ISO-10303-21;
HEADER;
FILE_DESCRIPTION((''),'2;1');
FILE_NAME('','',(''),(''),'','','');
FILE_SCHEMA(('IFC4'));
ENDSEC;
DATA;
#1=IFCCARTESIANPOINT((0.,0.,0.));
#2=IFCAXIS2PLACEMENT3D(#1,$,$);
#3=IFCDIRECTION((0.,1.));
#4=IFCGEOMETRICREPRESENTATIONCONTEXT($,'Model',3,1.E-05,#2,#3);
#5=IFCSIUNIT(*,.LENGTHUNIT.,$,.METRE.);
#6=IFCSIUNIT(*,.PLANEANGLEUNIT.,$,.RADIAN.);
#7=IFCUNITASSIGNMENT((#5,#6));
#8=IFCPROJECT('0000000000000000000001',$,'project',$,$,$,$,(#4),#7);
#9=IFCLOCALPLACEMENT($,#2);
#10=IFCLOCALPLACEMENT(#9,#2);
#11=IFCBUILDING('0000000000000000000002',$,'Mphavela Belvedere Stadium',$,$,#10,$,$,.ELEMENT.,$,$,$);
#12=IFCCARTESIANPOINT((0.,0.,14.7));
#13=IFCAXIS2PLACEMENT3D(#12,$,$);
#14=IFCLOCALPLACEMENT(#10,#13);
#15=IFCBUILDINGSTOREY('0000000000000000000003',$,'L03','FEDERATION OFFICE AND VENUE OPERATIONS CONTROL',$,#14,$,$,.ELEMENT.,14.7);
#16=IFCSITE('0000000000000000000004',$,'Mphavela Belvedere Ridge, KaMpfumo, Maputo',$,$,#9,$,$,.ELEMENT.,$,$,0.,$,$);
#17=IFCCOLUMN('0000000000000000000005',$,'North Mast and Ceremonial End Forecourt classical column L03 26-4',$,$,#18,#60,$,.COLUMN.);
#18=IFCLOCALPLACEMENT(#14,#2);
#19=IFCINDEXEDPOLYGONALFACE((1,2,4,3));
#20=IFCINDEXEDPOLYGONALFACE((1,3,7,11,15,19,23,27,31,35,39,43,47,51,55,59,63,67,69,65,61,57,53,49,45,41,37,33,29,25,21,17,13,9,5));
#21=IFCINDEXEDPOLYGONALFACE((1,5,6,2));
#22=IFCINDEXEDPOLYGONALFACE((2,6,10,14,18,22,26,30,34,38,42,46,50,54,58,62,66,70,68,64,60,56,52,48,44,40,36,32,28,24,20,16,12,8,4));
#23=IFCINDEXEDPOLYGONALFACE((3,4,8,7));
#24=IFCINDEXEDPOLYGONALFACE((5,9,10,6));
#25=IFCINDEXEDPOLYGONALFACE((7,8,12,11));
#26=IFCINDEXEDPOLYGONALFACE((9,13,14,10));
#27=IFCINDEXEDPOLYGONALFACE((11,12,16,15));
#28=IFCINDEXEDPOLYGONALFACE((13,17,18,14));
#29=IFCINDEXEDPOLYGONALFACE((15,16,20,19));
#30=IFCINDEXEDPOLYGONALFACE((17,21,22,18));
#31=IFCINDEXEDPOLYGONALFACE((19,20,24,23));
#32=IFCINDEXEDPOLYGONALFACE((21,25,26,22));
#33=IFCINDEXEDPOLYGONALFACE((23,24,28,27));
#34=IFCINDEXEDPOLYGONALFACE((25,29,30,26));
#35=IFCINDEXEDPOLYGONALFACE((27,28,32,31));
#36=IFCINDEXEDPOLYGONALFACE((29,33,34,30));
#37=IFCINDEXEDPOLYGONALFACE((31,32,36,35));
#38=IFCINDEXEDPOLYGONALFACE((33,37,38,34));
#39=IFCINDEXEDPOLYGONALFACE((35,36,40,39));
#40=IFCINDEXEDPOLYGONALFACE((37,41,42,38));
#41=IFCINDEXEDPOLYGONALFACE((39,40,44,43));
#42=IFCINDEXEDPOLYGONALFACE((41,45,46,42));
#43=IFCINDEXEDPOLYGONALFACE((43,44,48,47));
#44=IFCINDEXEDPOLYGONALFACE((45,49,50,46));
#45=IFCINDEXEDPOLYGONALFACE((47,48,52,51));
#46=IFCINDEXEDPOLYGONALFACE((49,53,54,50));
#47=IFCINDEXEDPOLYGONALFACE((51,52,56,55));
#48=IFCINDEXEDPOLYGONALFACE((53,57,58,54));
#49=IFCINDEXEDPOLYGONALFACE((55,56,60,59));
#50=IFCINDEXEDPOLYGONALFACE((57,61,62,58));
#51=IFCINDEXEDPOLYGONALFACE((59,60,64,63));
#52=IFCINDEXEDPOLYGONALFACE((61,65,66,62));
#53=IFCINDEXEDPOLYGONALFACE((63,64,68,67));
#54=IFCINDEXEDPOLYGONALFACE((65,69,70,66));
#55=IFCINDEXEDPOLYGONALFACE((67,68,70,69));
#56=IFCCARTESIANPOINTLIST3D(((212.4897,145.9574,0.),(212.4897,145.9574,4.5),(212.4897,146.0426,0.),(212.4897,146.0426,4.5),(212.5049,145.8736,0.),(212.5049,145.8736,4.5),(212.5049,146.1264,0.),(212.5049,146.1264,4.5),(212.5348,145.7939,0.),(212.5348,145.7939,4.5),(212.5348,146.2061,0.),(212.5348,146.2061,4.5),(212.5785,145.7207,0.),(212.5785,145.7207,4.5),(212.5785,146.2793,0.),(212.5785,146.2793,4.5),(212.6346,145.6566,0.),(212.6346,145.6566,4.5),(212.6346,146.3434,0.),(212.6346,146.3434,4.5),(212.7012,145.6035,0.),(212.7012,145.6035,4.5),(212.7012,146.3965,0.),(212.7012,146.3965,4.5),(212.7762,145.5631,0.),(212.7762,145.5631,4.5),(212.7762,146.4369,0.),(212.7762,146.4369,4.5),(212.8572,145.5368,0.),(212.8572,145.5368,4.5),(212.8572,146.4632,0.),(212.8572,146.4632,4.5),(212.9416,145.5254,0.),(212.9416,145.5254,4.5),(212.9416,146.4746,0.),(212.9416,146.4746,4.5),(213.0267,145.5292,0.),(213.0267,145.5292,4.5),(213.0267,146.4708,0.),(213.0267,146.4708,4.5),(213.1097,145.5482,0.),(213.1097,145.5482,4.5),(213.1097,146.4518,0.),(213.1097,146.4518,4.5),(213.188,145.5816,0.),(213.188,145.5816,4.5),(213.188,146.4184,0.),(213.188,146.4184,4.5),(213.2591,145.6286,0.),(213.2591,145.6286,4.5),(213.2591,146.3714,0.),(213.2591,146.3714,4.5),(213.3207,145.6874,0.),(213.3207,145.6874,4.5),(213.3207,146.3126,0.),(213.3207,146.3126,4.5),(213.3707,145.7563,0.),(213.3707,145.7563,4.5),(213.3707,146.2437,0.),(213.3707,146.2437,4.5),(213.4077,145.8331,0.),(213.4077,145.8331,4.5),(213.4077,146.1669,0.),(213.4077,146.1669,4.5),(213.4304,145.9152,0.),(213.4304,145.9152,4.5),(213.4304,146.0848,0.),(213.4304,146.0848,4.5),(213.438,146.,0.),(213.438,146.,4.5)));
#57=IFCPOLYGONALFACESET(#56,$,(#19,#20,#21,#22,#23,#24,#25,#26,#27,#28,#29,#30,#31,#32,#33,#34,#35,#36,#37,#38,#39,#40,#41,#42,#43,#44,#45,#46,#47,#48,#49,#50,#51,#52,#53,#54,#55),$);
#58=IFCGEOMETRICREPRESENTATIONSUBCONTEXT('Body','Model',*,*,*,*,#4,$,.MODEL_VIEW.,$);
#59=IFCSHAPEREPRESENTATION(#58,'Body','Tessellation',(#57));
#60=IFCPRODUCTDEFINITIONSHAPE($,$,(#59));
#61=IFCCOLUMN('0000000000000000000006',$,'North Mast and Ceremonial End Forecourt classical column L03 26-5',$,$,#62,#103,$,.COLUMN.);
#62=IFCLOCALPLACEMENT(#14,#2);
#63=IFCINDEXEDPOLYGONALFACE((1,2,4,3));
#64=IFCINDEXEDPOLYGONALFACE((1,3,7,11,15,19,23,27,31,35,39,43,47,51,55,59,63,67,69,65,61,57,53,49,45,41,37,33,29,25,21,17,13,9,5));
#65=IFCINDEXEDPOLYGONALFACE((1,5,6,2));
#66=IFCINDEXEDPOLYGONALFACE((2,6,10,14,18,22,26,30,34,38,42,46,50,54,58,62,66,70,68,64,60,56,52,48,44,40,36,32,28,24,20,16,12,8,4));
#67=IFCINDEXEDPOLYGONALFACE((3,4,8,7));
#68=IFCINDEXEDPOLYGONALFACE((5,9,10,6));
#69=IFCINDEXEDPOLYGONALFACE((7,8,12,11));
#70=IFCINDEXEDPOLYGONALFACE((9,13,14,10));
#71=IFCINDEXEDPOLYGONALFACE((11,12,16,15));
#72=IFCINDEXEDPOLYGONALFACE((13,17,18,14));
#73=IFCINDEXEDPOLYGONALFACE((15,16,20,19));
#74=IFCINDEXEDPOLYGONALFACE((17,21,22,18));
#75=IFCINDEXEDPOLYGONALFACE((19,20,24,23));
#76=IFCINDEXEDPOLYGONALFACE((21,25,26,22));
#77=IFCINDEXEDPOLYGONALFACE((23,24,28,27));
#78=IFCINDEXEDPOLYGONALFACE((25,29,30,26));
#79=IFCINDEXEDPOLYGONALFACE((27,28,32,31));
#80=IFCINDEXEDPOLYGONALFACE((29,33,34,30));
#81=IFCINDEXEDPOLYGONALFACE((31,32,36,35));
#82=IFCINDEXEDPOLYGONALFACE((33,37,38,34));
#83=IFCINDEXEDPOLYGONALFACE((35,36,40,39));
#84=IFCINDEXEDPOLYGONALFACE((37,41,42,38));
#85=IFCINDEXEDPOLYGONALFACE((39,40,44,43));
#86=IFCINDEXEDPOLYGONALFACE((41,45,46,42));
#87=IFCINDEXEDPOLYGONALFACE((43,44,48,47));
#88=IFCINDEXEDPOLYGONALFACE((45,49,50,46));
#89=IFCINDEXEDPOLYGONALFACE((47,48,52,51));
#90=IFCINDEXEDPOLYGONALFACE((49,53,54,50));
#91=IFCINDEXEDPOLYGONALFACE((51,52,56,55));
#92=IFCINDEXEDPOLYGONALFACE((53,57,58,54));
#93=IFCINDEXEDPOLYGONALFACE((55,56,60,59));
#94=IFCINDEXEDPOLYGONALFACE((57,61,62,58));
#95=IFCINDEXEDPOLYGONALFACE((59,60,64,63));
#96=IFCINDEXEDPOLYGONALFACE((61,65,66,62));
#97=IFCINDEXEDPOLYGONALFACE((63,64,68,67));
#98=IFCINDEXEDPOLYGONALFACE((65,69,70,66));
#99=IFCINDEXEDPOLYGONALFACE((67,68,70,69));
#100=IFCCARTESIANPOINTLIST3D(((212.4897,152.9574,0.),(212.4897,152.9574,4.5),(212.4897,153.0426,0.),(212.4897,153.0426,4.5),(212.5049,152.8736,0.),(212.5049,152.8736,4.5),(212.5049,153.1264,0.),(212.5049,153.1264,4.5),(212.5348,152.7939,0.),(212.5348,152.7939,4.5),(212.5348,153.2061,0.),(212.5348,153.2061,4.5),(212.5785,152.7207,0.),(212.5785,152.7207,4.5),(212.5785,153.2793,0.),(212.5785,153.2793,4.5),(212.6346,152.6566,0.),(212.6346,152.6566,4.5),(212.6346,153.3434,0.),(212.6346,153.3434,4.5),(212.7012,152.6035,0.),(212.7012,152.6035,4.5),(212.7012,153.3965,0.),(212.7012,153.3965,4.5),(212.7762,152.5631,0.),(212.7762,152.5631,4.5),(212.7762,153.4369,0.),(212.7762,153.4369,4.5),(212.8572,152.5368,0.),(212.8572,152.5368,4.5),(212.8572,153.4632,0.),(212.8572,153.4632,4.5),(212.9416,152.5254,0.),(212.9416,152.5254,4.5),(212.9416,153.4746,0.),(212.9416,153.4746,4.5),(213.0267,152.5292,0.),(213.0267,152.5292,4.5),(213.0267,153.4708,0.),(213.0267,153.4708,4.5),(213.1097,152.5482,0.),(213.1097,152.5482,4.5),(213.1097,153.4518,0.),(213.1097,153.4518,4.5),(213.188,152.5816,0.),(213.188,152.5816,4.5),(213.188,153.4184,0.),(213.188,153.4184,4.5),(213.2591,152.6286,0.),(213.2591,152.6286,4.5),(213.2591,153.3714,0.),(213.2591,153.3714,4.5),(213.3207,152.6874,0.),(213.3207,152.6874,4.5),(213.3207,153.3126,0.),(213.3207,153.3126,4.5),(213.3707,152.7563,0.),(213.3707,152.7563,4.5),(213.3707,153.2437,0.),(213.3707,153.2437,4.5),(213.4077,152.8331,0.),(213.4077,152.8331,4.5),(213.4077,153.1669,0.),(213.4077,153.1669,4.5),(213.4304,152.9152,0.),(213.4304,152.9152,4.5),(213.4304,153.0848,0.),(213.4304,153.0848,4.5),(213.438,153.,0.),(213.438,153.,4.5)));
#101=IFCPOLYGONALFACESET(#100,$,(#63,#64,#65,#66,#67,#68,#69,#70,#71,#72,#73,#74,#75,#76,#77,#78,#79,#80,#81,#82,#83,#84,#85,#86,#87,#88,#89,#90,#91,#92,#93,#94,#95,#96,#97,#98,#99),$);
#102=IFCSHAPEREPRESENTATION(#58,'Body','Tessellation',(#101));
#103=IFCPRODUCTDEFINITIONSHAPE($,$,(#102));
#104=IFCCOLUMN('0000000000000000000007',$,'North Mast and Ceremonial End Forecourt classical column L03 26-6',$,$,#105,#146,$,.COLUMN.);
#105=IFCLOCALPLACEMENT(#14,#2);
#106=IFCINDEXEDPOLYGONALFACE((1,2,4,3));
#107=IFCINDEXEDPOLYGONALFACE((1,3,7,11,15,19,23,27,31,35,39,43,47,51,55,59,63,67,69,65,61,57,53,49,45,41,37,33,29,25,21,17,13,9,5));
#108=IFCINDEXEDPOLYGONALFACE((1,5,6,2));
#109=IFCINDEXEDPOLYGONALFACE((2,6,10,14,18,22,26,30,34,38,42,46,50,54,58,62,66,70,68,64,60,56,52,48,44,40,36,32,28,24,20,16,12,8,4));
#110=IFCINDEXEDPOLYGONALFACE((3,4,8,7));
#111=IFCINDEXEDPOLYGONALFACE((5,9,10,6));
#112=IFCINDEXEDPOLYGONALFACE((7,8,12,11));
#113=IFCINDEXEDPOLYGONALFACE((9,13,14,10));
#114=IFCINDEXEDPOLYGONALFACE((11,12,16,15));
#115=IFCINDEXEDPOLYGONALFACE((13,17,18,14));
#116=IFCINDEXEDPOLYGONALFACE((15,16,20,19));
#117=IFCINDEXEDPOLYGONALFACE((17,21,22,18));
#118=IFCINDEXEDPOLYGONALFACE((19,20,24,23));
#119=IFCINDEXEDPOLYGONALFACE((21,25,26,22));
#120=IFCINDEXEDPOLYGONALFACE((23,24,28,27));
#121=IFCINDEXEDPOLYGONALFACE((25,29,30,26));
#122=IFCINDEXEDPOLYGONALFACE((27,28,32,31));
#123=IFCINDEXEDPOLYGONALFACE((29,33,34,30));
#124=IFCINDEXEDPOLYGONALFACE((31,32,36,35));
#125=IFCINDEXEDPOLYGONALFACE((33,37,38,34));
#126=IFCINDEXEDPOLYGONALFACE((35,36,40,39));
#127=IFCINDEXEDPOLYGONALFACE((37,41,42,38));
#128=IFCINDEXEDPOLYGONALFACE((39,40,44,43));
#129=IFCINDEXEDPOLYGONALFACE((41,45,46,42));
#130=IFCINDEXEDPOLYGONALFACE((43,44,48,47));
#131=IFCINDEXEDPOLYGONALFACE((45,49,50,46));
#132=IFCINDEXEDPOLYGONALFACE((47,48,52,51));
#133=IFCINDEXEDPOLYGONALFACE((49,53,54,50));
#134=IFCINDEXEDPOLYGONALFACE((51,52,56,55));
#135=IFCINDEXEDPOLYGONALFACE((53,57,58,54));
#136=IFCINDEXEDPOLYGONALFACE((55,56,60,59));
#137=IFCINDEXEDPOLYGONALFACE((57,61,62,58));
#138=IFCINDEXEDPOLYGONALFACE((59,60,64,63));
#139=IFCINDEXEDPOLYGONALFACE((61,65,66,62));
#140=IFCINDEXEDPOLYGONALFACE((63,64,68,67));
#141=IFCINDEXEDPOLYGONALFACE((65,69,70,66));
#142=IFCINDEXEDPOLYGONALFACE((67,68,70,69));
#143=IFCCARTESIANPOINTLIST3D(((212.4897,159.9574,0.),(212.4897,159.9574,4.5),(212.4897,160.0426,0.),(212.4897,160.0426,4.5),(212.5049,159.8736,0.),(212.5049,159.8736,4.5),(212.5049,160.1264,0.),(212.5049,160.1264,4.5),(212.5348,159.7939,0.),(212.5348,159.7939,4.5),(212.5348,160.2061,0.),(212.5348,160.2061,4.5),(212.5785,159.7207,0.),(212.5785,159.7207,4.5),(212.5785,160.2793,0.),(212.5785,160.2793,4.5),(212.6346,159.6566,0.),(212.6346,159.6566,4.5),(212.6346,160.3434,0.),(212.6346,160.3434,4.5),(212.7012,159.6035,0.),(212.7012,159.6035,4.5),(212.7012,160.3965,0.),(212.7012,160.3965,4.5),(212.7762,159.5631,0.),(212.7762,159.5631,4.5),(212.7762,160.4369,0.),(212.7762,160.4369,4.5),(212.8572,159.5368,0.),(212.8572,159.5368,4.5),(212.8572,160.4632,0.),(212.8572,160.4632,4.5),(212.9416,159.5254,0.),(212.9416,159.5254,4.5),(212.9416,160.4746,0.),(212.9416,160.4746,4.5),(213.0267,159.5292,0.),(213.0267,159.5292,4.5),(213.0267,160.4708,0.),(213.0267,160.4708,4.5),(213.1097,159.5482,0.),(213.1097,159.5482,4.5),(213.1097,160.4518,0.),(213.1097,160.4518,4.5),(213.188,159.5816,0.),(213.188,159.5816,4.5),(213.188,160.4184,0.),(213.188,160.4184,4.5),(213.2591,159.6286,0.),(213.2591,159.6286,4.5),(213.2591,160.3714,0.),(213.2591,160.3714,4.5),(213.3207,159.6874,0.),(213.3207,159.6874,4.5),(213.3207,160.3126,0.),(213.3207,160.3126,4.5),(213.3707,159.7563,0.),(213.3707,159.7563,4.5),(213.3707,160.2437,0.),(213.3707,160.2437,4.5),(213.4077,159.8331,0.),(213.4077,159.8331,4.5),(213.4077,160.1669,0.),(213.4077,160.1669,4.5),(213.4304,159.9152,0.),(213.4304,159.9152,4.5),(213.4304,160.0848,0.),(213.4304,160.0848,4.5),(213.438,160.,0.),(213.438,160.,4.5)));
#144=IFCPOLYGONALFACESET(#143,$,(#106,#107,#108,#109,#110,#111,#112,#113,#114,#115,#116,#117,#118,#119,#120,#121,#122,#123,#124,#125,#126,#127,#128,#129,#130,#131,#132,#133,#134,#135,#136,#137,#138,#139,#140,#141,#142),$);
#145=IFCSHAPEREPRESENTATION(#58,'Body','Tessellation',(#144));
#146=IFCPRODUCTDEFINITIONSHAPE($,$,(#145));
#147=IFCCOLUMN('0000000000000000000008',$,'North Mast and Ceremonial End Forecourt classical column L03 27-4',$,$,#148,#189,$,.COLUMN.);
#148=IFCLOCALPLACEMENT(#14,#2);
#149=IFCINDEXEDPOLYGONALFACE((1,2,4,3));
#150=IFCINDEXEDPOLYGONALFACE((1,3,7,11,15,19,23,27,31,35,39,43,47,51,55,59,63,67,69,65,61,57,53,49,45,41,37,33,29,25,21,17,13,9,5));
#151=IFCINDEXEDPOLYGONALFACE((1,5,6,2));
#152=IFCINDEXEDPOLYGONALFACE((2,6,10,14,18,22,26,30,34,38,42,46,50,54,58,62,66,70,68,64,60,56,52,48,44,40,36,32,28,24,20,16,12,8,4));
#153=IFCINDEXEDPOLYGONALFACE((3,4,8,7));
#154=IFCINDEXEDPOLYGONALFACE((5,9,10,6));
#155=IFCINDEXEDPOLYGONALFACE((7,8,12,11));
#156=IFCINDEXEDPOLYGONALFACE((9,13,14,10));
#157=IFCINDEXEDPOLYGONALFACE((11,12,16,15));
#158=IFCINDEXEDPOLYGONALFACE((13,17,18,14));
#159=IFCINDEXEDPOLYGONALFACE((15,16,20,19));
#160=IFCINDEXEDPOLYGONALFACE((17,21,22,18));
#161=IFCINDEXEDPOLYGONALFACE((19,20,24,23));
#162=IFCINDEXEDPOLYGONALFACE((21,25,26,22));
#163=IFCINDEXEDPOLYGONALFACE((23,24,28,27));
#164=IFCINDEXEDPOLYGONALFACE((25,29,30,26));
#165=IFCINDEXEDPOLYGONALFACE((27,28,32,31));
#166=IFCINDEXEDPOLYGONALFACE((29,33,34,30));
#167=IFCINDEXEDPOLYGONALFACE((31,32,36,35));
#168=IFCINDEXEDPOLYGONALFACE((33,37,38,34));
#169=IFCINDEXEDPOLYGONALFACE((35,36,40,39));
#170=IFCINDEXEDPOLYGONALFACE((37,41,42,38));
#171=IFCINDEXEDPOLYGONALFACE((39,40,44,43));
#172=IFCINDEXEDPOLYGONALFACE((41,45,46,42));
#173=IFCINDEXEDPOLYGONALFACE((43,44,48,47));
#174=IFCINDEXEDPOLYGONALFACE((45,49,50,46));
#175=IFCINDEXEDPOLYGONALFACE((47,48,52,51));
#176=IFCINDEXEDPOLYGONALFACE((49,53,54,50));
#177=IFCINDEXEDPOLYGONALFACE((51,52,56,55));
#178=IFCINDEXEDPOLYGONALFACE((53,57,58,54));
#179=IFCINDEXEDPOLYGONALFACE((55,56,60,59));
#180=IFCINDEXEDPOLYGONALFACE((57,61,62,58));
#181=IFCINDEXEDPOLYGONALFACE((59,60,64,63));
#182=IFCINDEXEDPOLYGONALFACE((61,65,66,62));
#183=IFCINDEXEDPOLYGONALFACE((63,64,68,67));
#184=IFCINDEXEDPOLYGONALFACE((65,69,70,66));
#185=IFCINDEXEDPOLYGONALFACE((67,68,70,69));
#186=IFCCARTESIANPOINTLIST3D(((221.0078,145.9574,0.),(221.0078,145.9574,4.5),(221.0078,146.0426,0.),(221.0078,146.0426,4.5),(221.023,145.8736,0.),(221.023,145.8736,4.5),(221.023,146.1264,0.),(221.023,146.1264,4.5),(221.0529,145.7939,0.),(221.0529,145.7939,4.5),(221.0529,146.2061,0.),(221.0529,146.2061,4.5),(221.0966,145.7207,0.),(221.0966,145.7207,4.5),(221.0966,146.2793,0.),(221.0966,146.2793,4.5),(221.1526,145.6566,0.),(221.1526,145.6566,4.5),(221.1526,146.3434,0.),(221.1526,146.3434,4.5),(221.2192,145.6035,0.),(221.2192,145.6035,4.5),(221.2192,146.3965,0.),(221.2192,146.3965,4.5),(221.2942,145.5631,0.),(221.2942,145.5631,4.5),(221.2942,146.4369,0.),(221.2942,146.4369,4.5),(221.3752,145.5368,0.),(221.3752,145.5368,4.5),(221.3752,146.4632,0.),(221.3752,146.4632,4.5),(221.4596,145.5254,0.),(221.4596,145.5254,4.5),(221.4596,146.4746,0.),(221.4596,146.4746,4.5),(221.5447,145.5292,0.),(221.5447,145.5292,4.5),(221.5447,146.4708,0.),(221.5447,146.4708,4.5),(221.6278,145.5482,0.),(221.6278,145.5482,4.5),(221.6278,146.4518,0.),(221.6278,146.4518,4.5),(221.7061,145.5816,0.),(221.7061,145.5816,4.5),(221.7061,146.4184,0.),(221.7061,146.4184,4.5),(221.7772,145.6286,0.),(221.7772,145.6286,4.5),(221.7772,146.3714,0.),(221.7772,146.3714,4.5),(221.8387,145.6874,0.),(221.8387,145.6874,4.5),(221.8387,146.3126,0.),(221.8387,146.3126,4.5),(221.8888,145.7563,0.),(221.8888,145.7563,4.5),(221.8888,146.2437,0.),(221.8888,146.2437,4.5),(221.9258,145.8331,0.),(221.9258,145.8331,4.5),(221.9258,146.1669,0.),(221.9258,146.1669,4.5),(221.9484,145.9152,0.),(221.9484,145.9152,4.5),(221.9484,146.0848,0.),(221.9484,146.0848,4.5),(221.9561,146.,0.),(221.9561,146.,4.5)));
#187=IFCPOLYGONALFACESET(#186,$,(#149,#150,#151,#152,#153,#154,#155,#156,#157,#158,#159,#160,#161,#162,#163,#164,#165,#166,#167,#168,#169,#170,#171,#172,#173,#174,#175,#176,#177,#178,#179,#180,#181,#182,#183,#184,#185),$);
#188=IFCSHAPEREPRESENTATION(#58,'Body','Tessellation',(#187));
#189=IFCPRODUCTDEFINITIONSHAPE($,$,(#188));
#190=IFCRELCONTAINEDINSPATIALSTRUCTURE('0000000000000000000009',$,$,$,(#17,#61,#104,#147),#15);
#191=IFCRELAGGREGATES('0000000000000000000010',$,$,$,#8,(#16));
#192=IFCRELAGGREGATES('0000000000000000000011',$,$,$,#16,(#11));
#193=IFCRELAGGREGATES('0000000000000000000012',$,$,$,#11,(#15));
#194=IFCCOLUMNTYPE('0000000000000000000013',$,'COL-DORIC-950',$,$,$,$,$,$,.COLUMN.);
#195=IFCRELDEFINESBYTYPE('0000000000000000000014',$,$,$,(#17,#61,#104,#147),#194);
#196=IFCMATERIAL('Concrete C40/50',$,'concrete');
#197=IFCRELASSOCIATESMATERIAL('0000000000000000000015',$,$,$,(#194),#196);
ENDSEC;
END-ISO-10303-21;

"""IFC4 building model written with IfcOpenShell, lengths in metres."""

from ifc_helpers import new_model, si_unit, direction, frame, origin, origin_2d, place, context, subcontext, project, spatial, circle, extrude, material, material_profile, profile_set, type_object, element, save


model = new_model("IFC4")

# Units and contexts
model_context = context("Model", 3, precision=1e-05, world=origin(), true_north=direction((0.0, 1.0)))
body_context = subcontext(model_context, "Body", "Model", "MODEL_VIEW")
ifc_project = project(units=[si_unit("LENGTHUNIT", "METRE"), si_unit("PLANEANGLEUNIT", "RADIAN")], contexts=[model_context])

# Site, building, storey
site_placement = place(None, origin())
site = spatial("IfcSite", under=ifc_project, at=site_placement, Name="Mphavela Belvedere Ridge, KaMpfumo, Maputo", CompositionType="ELEMENT", RefElevation=0.0)
building_placement = place(site_placement, origin())
building = spatial("IfcBuilding", under=site, at=building_placement, Name="Mphavela Belvedere Stadium", CompositionType="ELEMENT")
storey_placement = place(building_placement, frame((0.0, 0.0, 14.7)))
storey = spatial("IfcBuildingStorey", under=building, at=storey_placement, Name="L03", Description="FEDERATION OFFICE AND VENUE OPERATIONS CONTROL", CompositionType="ELEMENT", Elevation=14.7)

# Columns
ifc_material_1 = material(Name="Concrete C40/50", Category="concrete")
ifc_material_profile_1 = material_profile(ifc_material_1, circle(Radius=0.4751, at=origin_2d()), Name="COL D950")
ifc_profile_set_1 = profile_set([ifc_material_profile_1], Name="Concrete C40/50")
column_type = type_object("IfcColumnType", Name="COL-DORIC-950", PredefinedType="COLUMN", material=ifc_profile_set_1)
for number, where, z_axis, x_axis, name in (
    (1, (212.9629, 146.0, 0.0), (0.0, 0.0, 1.0), (1.0, 0.0, 0.0), "North Mast and Ceremonial End Forecourt classical column L03 26-4"),
    (2, (212.9629, 153.0, 0.0), (0.0, 0.0, 1.0), (1.0, 0.0, 0.0), "North Mast and Ceremonial End Forecourt classical column L03 26-5"),
    (3, (212.9629, 160.0, 0.0), (0.0, 0.0, 1.0), (1.0, 0.0, 0.0), "North Mast and Ceremonial End Forecourt classical column L03 26-6"),
    (4, (221.481, 146.0, 0.0), (0.0, 0.0, 1.0), (1.0, 0.0, 0.0), "North Mast and Ceremonial End Forecourt classical column L03 27-4"),
):
    element("IfcColumn", number, at=place(storey_placement, frame(where, z_axis=z_axis, x_axis=x_axis)), inside=storey, type_object=column_type, Name=name, PredefinedType="COLUMN", context=body_context, shape_type="SweptSolid", body=[
        extrude(circle(Radius=0.4751, at=origin_2d()), origin(), (0.0, 0.0, 1.0), 4.5),
    ])

save(model, "model.ifc")
